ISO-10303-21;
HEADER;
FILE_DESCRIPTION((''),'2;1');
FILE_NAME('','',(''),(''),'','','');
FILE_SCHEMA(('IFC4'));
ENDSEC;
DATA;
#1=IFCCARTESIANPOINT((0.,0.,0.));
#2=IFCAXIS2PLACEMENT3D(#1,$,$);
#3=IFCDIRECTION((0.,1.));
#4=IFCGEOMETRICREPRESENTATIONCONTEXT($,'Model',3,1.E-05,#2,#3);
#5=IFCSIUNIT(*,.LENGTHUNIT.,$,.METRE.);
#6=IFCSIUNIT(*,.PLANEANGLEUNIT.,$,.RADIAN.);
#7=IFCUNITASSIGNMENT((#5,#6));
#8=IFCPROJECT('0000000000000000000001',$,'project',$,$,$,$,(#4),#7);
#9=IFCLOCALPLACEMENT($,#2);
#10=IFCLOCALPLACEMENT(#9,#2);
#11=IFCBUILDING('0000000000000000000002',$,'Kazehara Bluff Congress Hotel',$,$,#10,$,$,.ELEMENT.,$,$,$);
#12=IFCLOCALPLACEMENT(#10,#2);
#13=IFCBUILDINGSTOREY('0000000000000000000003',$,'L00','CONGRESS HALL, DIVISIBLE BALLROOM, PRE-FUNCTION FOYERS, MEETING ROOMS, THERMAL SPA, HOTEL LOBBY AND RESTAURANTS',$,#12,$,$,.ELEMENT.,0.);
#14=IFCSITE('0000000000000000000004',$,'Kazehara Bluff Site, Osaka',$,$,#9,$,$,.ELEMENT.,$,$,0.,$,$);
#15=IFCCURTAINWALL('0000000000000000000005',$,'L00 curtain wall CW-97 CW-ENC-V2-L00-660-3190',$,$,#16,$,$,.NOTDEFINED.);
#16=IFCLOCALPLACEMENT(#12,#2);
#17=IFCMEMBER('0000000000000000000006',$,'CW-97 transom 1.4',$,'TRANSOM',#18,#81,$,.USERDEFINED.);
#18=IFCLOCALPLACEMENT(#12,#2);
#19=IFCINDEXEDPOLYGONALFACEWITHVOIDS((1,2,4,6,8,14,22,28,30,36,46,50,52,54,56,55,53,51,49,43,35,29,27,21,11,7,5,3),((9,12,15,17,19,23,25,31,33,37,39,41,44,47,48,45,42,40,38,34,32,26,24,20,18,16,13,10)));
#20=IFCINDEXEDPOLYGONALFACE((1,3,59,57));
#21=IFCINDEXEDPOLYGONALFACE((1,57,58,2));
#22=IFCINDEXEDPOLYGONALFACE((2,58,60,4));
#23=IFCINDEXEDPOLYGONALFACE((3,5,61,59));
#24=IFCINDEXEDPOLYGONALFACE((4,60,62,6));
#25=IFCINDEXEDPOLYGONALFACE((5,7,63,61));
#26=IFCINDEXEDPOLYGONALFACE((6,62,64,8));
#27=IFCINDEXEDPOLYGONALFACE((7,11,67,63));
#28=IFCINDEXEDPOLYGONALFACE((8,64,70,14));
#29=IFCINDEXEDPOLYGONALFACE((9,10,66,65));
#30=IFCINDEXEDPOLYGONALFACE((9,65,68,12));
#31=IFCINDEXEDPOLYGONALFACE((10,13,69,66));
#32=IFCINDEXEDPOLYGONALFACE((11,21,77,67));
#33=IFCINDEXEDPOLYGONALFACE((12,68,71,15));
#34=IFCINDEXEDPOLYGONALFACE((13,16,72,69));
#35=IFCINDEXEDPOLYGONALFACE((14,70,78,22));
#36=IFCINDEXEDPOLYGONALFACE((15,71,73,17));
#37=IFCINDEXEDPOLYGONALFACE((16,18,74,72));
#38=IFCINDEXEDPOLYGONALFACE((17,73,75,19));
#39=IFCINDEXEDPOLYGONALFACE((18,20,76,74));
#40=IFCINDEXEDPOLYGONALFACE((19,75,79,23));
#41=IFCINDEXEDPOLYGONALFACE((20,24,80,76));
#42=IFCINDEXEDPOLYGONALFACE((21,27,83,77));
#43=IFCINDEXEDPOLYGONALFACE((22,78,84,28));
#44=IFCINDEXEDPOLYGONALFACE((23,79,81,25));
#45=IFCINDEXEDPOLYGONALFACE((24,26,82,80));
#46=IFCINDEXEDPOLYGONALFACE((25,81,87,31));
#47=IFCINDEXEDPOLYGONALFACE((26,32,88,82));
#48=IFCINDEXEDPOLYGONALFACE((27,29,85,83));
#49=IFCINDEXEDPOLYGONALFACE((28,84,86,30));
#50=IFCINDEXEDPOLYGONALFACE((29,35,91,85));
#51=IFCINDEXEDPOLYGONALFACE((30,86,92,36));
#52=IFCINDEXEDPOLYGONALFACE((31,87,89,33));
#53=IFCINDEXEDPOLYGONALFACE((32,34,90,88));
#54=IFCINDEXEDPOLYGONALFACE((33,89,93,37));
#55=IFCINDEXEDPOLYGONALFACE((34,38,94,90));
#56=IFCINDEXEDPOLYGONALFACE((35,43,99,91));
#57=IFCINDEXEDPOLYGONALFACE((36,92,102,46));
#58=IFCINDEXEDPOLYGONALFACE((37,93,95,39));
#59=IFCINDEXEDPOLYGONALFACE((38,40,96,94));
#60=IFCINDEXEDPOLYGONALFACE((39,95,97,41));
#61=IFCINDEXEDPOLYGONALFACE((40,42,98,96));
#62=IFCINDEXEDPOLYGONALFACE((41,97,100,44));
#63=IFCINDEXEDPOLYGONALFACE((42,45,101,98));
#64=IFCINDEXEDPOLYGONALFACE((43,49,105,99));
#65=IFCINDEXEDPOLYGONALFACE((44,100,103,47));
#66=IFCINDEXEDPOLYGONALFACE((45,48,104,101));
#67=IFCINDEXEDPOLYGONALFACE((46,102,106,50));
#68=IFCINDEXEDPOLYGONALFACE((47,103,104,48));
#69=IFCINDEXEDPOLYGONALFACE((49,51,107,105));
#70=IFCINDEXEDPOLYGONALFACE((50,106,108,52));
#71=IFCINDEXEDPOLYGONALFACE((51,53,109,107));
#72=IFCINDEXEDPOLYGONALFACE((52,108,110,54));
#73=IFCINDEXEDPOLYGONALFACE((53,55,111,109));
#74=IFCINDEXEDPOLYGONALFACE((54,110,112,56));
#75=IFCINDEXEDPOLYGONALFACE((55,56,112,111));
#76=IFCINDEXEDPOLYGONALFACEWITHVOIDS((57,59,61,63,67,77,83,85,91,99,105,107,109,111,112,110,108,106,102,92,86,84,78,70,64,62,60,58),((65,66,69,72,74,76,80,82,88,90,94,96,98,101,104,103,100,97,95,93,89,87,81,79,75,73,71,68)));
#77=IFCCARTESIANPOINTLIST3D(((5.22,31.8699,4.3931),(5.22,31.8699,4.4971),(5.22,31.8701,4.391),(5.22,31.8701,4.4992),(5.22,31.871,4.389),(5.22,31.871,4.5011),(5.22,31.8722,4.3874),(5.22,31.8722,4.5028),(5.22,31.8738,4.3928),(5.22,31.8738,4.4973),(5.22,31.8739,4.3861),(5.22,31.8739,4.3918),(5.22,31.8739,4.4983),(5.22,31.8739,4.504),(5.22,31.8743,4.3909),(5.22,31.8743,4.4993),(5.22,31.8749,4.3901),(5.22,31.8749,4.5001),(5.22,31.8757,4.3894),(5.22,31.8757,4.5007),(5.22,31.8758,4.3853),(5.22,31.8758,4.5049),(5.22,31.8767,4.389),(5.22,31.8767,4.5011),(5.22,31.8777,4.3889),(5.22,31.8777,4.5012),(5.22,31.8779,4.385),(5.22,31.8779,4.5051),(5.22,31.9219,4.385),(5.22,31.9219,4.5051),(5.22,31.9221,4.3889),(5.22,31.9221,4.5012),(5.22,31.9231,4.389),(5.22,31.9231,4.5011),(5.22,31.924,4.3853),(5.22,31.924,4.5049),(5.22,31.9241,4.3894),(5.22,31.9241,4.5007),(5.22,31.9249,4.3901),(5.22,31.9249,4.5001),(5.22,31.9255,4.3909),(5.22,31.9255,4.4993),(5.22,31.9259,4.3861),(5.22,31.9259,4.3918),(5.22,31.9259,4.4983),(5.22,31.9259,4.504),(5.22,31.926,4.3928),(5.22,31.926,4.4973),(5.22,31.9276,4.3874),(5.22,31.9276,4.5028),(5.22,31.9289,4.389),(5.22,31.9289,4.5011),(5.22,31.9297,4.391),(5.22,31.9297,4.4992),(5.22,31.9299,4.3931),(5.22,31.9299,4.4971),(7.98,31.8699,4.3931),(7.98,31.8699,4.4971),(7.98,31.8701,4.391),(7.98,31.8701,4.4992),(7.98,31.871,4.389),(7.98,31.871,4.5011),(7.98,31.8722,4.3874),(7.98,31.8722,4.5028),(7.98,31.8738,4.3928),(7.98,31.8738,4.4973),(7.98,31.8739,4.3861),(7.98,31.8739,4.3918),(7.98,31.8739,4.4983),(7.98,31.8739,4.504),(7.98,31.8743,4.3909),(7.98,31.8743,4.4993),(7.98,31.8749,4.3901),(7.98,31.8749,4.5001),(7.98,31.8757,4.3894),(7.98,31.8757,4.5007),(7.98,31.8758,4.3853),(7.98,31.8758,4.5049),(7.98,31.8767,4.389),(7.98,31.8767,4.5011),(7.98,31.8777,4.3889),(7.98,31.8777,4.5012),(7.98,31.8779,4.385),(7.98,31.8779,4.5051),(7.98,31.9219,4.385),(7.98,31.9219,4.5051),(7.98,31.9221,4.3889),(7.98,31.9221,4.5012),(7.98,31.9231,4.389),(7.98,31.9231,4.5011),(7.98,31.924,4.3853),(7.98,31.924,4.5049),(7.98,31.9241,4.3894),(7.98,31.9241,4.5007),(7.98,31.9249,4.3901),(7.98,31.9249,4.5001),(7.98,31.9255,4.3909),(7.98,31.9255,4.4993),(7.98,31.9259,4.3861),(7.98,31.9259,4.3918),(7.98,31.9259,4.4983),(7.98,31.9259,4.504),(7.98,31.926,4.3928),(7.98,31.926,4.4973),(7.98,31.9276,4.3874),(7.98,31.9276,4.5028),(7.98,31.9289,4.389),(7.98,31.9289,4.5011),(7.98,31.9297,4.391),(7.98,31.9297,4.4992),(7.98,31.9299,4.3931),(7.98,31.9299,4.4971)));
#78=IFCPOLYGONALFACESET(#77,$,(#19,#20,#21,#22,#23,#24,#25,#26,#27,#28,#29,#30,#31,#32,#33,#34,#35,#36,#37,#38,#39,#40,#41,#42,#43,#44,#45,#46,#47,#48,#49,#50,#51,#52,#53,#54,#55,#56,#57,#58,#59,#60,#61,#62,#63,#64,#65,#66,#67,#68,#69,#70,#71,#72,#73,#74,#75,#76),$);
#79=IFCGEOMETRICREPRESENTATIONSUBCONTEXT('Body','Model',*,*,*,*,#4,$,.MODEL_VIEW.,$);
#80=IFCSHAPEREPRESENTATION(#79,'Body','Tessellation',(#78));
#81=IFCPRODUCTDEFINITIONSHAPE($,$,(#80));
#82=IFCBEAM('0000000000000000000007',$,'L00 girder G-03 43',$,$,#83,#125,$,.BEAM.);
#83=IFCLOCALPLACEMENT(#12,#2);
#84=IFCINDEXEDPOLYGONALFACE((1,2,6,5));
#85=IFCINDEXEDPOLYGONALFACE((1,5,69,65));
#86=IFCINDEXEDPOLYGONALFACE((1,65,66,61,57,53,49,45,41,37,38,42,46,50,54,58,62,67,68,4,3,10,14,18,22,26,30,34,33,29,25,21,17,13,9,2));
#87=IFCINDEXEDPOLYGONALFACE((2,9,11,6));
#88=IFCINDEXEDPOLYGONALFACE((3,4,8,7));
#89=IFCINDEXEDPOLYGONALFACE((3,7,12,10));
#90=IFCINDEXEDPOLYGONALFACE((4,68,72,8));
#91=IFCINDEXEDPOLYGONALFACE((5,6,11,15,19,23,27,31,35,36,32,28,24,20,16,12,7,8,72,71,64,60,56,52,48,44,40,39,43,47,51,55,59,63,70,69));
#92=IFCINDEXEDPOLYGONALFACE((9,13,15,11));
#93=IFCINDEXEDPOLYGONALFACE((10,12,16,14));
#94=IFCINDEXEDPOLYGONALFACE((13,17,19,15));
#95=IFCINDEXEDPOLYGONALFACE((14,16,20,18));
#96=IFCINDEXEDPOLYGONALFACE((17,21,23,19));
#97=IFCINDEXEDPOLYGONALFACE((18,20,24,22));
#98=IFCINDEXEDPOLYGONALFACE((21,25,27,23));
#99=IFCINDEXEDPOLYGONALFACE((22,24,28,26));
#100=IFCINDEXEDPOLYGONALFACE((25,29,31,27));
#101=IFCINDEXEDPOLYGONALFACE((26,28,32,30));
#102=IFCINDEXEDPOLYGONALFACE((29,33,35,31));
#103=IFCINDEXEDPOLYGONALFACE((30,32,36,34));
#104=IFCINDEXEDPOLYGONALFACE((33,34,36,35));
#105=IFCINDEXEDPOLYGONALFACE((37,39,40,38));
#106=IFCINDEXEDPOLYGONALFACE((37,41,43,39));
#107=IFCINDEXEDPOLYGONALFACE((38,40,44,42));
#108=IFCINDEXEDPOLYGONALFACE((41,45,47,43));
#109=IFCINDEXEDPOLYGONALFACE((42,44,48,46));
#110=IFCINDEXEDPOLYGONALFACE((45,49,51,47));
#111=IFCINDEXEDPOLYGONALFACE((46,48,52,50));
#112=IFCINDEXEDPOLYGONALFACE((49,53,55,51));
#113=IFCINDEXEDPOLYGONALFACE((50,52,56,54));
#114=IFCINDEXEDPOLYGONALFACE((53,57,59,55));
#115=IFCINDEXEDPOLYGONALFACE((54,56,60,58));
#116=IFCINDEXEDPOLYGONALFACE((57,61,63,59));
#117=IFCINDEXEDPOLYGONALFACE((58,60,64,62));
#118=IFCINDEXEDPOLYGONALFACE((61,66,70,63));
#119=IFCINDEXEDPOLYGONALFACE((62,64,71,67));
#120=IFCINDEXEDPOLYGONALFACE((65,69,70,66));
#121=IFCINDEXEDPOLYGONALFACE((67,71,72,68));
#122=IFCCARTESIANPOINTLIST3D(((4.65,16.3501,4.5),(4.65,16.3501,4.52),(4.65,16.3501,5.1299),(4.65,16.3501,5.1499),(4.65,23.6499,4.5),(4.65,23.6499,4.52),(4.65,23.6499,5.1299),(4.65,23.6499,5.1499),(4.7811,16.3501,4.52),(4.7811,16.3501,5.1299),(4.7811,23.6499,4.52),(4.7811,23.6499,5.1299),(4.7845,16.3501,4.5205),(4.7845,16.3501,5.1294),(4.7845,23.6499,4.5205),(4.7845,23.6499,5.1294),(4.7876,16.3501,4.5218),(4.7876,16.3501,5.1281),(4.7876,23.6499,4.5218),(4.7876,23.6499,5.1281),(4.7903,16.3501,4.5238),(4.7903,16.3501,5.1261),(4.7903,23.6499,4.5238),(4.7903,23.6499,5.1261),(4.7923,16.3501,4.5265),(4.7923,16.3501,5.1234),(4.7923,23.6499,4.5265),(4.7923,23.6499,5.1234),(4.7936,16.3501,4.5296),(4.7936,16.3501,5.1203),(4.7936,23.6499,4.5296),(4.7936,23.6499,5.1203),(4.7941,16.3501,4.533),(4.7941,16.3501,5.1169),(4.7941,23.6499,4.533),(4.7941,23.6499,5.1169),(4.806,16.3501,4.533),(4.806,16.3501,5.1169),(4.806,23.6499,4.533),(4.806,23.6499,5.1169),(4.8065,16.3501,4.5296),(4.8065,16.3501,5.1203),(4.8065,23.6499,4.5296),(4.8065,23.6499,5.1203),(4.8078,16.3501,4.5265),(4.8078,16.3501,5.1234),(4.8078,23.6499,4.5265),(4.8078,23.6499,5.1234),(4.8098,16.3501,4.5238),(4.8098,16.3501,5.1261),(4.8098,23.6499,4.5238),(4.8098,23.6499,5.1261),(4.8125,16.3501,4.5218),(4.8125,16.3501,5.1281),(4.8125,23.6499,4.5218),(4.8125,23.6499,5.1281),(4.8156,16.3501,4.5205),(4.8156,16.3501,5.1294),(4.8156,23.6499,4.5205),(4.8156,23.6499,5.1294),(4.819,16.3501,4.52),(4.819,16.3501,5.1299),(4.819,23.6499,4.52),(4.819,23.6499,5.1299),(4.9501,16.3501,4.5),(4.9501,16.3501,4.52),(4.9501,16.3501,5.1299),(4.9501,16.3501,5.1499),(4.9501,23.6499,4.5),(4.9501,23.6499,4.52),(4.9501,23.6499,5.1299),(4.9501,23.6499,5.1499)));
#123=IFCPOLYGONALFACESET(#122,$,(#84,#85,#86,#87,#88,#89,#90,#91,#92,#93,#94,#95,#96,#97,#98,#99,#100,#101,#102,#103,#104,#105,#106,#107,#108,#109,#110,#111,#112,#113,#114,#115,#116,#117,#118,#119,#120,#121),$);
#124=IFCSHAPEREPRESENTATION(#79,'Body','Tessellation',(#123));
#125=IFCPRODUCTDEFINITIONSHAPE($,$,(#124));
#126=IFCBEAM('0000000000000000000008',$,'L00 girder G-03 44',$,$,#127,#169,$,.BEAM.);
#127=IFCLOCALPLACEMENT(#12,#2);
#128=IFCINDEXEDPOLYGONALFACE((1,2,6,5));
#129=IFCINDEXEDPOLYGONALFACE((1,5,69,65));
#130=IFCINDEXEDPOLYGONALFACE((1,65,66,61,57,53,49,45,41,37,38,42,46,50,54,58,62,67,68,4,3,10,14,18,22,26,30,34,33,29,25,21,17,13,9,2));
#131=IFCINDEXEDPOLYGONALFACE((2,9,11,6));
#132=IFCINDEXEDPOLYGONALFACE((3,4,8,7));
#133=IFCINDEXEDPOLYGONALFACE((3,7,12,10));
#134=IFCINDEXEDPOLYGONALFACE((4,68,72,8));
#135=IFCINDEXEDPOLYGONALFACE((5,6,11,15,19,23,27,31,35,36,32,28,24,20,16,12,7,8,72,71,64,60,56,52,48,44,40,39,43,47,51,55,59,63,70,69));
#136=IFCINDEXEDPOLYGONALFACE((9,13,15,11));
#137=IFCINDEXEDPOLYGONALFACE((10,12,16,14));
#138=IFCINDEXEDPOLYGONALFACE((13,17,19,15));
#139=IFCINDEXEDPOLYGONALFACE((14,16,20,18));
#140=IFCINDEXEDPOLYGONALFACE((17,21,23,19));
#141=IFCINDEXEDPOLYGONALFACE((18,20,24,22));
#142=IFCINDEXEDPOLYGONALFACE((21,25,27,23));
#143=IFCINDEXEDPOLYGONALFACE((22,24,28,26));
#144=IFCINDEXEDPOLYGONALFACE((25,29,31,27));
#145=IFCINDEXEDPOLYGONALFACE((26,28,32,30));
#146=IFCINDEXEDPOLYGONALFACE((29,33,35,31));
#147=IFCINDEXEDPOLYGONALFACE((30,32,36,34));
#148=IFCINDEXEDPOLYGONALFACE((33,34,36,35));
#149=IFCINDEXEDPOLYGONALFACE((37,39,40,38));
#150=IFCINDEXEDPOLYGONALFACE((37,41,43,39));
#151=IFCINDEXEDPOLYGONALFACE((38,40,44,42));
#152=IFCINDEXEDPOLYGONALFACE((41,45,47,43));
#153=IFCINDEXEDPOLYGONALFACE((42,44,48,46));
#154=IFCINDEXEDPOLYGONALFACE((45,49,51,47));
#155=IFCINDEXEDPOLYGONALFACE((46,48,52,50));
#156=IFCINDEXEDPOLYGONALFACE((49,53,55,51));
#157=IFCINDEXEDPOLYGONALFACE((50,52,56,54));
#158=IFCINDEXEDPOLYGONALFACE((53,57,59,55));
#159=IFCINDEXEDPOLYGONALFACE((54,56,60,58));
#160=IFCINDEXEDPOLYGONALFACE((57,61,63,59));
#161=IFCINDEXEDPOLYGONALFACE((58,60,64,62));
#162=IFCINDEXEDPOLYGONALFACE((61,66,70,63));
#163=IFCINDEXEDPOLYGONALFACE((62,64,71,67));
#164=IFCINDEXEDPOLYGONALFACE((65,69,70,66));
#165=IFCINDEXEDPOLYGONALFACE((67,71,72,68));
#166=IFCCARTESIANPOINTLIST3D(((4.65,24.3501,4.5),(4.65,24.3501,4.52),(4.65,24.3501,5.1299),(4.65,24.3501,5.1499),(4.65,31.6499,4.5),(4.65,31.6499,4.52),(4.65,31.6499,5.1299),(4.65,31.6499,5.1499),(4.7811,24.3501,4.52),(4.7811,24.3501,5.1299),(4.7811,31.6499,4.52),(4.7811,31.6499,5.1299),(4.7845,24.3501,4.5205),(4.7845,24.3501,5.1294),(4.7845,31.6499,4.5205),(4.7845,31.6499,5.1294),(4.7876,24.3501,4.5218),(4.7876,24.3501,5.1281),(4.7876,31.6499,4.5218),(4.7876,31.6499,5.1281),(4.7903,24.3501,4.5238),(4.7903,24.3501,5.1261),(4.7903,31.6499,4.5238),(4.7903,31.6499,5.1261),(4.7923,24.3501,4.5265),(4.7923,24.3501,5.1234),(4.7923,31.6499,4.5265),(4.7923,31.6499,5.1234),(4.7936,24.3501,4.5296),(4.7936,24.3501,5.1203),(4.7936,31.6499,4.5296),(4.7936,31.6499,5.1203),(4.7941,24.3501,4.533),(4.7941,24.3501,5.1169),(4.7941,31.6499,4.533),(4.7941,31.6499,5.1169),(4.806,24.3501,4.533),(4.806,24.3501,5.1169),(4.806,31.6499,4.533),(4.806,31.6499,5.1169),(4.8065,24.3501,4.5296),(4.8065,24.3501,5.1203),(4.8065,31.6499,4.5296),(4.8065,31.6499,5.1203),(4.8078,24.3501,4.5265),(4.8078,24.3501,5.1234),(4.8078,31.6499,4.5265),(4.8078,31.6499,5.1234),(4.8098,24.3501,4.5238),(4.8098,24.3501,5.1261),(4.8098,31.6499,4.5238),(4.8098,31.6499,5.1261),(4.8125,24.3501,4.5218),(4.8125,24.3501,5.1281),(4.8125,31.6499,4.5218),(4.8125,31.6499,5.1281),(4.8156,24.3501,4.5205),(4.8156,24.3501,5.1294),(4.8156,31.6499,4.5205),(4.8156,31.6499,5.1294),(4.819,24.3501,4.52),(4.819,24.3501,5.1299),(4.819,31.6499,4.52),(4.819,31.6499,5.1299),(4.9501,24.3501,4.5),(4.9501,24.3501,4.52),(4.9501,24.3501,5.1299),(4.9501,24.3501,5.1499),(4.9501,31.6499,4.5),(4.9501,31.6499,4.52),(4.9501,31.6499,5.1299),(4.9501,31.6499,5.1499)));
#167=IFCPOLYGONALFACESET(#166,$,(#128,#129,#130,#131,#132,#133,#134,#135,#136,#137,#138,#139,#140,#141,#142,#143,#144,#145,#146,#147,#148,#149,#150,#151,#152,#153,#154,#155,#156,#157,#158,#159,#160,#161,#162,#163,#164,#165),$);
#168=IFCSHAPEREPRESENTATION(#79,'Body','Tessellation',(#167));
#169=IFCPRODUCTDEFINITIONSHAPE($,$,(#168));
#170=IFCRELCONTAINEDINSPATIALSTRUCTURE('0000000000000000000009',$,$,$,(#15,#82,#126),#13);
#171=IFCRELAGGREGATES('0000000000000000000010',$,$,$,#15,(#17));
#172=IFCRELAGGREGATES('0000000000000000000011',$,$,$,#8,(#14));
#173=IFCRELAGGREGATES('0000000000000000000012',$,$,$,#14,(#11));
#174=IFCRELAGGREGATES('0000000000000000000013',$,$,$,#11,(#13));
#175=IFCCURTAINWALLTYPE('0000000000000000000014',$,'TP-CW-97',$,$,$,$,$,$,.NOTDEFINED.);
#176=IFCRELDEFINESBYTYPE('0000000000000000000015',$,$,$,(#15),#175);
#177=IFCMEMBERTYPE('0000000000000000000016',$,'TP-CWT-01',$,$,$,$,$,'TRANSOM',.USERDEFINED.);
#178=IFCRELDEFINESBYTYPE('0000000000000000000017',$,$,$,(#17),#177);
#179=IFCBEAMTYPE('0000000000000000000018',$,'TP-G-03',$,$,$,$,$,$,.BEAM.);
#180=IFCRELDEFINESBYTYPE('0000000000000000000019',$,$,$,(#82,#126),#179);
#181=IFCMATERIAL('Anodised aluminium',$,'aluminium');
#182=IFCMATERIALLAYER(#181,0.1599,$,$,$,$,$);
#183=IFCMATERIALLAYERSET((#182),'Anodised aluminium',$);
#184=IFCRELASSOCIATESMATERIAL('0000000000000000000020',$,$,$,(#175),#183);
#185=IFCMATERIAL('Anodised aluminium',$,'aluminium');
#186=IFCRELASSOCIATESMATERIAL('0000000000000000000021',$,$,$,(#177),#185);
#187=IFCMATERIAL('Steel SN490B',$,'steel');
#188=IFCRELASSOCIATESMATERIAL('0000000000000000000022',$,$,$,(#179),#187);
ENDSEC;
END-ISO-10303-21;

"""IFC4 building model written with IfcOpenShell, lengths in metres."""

from ifc_helpers import new_model, si_unit, direction, frame, origin, origin_2d, place, context, subcontext, project, spatial, hollow_rectangle, i_section, extrude, material, layer, layer_set, material_profile, profile_set, type_object, element, aggregate, save


model = new_model("IFC4")

# Units and contexts
model_context = context("Model", 3, precision=1e-05, world=origin(), true_north=direction((0.0, 1.0)))
body_context = subcontext(model_context, "Body", "Model", "MODEL_VIEW")
ifc_project = project(units=[si_unit("LENGTHUNIT", "METRE"), si_unit("PLANEANGLEUNIT", "RADIAN")], contexts=[model_context])

# Site, building, storey
site_placement = place(None, origin())
site = spatial("IfcSite", under=ifc_project, at=site_placement, Name="Kazehara Bluff Site, Osaka", CompositionType="ELEMENT", RefElevation=0.0)
building_placement = place(site_placement, origin())
building = spatial("IfcBuilding", under=site, at=building_placement, Name="Kazehara Bluff Congress Hotel", CompositionType="ELEMENT")
storey_placement = place(building_placement, origin())
storey = spatial("IfcBuildingStorey", under=building, at=storey_placement, Name="L00", Description="CONGRESS HALL, DIVISIBLE BALLROOM, PRE-FUNCTION FOYERS, MEETING ROOMS, THERMAL SPA, HOTEL LOBBY AND RESTAURANTS", CompositionType="ELEMENT", Elevation=0.0)

# Curtain wall, member
ifc_material_1 = material(Name="Anodised aluminium", Category="aluminium")
ifc_layer_1 = layer(ifc_material_1, 0.1599)
ifc_layer_set_1 = layer_set([ifc_layer_1], Name="Anodised aluminium")
curtain_wall_type = type_object("IfcCurtainWallType", Name="TP-CW-97", PredefinedType="NOTDEFINED", material=ifc_layer_set_1)
curtain_wall_placement = place(storey_placement, origin())
curtain_wall = element("IfcCurtainWall", 1, at=curtain_wall_placement, inside=storey, type_object=curtain_wall_type, Name="L00 curtain wall CW-97 CW-ENC-V2-L00-660-3190", PredefinedType="NOTDEFINED")
ifc_material_2 = material(Name="Anodised aluminium", Category="aluminium")
ifc_material_profile_1 = material_profile(ifc_material_2, hollow_rectangle(XDim=0.0601, YDim=0.1201, WallThickness=0.0039, InnerFilletRadius=0.0039, OuterFilletRadius=0.0081, at=origin_2d()))
ifc_profile_set_1 = profile_set([ifc_material_profile_1], Name="Anodised aluminium")
member_type_1 = type_object("IfcMemberType", Name="TP-CWT-01", ElementType="TRANSOM", PredefinedType="USERDEFINED", material=ifc_profile_set_1)
member_1_placement = place(storey_placement, frame((5.22, 31.8999, 4.4451), z_axis=(1.0, 0.0, 0.0), x_axis=(0.0, 1.0, 0.0)))
member_1 = element("IfcMember", 2, at=member_1_placement, type_object=member_type_1, Name="CW-97 transom 1.4", ObjectType="TRANSOM", PredefinedType="USERDEFINED", context=body_context, shape_type="SweptSolid", body=[
    extrude(hollow_rectangle(XDim=0.0601, YDim=0.1201, WallThickness=0.0039, InnerFilletRadius=0.0039, OuterFilletRadius=0.0081, at=origin_2d()), origin(), (0.0, 0.0, 1.0), 2.76),
])

# Beams
ifc_material_3 = material(Name="Steel SN490B", Category="steel")
ifc_material_profile_2 = material_profile(ifc_material_3, i_section(OverallWidth=0.3, OverallDepth=0.6499, WebThickness=0.012, FlangeThickness=0.02, FilletRadius=0.0129, at=origin_2d()))
ifc_profile_set_2 = profile_set([ifc_material_profile_2], Name="Steel SN490B")
beam_type = type_object("IfcBeamType", Name="TP-G-03", PredefinedType="BEAM", material=ifc_profile_set_2)
for number, where, z_axis, x_axis, name in (
    (3, (4.8, 16.3501, 4.825), (0.0, 1.0, 0.0), (-1.0, 0.0, 0.0), "L00 girder G-03 43"),
    (4, (4.8, 24.3501, 4.825), (0.0, 1.0, 0.0), (-1.0, 0.0, 0.0), "L00 girder G-03 44"),
):
    element("IfcBeam", number, at=place(storey_placement, frame(where, z_axis=z_axis, x_axis=x_axis)), inside=storey, type_object=beam_type, Name=name, PredefinedType="BEAM", context=body_context, shape_type="SweptSolid", body=[
        extrude(i_section(OverallWidth=0.3, OverallDepth=0.6499, WebThickness=0.012, FlangeThickness=0.02, FilletRadius=0.0129, at=origin_2d()), origin(), (0.0, 0.0, 1.0), 7.2998),
    ])

aggregate(curtain_wall, [member_1])

save(model, "model.ifc")
